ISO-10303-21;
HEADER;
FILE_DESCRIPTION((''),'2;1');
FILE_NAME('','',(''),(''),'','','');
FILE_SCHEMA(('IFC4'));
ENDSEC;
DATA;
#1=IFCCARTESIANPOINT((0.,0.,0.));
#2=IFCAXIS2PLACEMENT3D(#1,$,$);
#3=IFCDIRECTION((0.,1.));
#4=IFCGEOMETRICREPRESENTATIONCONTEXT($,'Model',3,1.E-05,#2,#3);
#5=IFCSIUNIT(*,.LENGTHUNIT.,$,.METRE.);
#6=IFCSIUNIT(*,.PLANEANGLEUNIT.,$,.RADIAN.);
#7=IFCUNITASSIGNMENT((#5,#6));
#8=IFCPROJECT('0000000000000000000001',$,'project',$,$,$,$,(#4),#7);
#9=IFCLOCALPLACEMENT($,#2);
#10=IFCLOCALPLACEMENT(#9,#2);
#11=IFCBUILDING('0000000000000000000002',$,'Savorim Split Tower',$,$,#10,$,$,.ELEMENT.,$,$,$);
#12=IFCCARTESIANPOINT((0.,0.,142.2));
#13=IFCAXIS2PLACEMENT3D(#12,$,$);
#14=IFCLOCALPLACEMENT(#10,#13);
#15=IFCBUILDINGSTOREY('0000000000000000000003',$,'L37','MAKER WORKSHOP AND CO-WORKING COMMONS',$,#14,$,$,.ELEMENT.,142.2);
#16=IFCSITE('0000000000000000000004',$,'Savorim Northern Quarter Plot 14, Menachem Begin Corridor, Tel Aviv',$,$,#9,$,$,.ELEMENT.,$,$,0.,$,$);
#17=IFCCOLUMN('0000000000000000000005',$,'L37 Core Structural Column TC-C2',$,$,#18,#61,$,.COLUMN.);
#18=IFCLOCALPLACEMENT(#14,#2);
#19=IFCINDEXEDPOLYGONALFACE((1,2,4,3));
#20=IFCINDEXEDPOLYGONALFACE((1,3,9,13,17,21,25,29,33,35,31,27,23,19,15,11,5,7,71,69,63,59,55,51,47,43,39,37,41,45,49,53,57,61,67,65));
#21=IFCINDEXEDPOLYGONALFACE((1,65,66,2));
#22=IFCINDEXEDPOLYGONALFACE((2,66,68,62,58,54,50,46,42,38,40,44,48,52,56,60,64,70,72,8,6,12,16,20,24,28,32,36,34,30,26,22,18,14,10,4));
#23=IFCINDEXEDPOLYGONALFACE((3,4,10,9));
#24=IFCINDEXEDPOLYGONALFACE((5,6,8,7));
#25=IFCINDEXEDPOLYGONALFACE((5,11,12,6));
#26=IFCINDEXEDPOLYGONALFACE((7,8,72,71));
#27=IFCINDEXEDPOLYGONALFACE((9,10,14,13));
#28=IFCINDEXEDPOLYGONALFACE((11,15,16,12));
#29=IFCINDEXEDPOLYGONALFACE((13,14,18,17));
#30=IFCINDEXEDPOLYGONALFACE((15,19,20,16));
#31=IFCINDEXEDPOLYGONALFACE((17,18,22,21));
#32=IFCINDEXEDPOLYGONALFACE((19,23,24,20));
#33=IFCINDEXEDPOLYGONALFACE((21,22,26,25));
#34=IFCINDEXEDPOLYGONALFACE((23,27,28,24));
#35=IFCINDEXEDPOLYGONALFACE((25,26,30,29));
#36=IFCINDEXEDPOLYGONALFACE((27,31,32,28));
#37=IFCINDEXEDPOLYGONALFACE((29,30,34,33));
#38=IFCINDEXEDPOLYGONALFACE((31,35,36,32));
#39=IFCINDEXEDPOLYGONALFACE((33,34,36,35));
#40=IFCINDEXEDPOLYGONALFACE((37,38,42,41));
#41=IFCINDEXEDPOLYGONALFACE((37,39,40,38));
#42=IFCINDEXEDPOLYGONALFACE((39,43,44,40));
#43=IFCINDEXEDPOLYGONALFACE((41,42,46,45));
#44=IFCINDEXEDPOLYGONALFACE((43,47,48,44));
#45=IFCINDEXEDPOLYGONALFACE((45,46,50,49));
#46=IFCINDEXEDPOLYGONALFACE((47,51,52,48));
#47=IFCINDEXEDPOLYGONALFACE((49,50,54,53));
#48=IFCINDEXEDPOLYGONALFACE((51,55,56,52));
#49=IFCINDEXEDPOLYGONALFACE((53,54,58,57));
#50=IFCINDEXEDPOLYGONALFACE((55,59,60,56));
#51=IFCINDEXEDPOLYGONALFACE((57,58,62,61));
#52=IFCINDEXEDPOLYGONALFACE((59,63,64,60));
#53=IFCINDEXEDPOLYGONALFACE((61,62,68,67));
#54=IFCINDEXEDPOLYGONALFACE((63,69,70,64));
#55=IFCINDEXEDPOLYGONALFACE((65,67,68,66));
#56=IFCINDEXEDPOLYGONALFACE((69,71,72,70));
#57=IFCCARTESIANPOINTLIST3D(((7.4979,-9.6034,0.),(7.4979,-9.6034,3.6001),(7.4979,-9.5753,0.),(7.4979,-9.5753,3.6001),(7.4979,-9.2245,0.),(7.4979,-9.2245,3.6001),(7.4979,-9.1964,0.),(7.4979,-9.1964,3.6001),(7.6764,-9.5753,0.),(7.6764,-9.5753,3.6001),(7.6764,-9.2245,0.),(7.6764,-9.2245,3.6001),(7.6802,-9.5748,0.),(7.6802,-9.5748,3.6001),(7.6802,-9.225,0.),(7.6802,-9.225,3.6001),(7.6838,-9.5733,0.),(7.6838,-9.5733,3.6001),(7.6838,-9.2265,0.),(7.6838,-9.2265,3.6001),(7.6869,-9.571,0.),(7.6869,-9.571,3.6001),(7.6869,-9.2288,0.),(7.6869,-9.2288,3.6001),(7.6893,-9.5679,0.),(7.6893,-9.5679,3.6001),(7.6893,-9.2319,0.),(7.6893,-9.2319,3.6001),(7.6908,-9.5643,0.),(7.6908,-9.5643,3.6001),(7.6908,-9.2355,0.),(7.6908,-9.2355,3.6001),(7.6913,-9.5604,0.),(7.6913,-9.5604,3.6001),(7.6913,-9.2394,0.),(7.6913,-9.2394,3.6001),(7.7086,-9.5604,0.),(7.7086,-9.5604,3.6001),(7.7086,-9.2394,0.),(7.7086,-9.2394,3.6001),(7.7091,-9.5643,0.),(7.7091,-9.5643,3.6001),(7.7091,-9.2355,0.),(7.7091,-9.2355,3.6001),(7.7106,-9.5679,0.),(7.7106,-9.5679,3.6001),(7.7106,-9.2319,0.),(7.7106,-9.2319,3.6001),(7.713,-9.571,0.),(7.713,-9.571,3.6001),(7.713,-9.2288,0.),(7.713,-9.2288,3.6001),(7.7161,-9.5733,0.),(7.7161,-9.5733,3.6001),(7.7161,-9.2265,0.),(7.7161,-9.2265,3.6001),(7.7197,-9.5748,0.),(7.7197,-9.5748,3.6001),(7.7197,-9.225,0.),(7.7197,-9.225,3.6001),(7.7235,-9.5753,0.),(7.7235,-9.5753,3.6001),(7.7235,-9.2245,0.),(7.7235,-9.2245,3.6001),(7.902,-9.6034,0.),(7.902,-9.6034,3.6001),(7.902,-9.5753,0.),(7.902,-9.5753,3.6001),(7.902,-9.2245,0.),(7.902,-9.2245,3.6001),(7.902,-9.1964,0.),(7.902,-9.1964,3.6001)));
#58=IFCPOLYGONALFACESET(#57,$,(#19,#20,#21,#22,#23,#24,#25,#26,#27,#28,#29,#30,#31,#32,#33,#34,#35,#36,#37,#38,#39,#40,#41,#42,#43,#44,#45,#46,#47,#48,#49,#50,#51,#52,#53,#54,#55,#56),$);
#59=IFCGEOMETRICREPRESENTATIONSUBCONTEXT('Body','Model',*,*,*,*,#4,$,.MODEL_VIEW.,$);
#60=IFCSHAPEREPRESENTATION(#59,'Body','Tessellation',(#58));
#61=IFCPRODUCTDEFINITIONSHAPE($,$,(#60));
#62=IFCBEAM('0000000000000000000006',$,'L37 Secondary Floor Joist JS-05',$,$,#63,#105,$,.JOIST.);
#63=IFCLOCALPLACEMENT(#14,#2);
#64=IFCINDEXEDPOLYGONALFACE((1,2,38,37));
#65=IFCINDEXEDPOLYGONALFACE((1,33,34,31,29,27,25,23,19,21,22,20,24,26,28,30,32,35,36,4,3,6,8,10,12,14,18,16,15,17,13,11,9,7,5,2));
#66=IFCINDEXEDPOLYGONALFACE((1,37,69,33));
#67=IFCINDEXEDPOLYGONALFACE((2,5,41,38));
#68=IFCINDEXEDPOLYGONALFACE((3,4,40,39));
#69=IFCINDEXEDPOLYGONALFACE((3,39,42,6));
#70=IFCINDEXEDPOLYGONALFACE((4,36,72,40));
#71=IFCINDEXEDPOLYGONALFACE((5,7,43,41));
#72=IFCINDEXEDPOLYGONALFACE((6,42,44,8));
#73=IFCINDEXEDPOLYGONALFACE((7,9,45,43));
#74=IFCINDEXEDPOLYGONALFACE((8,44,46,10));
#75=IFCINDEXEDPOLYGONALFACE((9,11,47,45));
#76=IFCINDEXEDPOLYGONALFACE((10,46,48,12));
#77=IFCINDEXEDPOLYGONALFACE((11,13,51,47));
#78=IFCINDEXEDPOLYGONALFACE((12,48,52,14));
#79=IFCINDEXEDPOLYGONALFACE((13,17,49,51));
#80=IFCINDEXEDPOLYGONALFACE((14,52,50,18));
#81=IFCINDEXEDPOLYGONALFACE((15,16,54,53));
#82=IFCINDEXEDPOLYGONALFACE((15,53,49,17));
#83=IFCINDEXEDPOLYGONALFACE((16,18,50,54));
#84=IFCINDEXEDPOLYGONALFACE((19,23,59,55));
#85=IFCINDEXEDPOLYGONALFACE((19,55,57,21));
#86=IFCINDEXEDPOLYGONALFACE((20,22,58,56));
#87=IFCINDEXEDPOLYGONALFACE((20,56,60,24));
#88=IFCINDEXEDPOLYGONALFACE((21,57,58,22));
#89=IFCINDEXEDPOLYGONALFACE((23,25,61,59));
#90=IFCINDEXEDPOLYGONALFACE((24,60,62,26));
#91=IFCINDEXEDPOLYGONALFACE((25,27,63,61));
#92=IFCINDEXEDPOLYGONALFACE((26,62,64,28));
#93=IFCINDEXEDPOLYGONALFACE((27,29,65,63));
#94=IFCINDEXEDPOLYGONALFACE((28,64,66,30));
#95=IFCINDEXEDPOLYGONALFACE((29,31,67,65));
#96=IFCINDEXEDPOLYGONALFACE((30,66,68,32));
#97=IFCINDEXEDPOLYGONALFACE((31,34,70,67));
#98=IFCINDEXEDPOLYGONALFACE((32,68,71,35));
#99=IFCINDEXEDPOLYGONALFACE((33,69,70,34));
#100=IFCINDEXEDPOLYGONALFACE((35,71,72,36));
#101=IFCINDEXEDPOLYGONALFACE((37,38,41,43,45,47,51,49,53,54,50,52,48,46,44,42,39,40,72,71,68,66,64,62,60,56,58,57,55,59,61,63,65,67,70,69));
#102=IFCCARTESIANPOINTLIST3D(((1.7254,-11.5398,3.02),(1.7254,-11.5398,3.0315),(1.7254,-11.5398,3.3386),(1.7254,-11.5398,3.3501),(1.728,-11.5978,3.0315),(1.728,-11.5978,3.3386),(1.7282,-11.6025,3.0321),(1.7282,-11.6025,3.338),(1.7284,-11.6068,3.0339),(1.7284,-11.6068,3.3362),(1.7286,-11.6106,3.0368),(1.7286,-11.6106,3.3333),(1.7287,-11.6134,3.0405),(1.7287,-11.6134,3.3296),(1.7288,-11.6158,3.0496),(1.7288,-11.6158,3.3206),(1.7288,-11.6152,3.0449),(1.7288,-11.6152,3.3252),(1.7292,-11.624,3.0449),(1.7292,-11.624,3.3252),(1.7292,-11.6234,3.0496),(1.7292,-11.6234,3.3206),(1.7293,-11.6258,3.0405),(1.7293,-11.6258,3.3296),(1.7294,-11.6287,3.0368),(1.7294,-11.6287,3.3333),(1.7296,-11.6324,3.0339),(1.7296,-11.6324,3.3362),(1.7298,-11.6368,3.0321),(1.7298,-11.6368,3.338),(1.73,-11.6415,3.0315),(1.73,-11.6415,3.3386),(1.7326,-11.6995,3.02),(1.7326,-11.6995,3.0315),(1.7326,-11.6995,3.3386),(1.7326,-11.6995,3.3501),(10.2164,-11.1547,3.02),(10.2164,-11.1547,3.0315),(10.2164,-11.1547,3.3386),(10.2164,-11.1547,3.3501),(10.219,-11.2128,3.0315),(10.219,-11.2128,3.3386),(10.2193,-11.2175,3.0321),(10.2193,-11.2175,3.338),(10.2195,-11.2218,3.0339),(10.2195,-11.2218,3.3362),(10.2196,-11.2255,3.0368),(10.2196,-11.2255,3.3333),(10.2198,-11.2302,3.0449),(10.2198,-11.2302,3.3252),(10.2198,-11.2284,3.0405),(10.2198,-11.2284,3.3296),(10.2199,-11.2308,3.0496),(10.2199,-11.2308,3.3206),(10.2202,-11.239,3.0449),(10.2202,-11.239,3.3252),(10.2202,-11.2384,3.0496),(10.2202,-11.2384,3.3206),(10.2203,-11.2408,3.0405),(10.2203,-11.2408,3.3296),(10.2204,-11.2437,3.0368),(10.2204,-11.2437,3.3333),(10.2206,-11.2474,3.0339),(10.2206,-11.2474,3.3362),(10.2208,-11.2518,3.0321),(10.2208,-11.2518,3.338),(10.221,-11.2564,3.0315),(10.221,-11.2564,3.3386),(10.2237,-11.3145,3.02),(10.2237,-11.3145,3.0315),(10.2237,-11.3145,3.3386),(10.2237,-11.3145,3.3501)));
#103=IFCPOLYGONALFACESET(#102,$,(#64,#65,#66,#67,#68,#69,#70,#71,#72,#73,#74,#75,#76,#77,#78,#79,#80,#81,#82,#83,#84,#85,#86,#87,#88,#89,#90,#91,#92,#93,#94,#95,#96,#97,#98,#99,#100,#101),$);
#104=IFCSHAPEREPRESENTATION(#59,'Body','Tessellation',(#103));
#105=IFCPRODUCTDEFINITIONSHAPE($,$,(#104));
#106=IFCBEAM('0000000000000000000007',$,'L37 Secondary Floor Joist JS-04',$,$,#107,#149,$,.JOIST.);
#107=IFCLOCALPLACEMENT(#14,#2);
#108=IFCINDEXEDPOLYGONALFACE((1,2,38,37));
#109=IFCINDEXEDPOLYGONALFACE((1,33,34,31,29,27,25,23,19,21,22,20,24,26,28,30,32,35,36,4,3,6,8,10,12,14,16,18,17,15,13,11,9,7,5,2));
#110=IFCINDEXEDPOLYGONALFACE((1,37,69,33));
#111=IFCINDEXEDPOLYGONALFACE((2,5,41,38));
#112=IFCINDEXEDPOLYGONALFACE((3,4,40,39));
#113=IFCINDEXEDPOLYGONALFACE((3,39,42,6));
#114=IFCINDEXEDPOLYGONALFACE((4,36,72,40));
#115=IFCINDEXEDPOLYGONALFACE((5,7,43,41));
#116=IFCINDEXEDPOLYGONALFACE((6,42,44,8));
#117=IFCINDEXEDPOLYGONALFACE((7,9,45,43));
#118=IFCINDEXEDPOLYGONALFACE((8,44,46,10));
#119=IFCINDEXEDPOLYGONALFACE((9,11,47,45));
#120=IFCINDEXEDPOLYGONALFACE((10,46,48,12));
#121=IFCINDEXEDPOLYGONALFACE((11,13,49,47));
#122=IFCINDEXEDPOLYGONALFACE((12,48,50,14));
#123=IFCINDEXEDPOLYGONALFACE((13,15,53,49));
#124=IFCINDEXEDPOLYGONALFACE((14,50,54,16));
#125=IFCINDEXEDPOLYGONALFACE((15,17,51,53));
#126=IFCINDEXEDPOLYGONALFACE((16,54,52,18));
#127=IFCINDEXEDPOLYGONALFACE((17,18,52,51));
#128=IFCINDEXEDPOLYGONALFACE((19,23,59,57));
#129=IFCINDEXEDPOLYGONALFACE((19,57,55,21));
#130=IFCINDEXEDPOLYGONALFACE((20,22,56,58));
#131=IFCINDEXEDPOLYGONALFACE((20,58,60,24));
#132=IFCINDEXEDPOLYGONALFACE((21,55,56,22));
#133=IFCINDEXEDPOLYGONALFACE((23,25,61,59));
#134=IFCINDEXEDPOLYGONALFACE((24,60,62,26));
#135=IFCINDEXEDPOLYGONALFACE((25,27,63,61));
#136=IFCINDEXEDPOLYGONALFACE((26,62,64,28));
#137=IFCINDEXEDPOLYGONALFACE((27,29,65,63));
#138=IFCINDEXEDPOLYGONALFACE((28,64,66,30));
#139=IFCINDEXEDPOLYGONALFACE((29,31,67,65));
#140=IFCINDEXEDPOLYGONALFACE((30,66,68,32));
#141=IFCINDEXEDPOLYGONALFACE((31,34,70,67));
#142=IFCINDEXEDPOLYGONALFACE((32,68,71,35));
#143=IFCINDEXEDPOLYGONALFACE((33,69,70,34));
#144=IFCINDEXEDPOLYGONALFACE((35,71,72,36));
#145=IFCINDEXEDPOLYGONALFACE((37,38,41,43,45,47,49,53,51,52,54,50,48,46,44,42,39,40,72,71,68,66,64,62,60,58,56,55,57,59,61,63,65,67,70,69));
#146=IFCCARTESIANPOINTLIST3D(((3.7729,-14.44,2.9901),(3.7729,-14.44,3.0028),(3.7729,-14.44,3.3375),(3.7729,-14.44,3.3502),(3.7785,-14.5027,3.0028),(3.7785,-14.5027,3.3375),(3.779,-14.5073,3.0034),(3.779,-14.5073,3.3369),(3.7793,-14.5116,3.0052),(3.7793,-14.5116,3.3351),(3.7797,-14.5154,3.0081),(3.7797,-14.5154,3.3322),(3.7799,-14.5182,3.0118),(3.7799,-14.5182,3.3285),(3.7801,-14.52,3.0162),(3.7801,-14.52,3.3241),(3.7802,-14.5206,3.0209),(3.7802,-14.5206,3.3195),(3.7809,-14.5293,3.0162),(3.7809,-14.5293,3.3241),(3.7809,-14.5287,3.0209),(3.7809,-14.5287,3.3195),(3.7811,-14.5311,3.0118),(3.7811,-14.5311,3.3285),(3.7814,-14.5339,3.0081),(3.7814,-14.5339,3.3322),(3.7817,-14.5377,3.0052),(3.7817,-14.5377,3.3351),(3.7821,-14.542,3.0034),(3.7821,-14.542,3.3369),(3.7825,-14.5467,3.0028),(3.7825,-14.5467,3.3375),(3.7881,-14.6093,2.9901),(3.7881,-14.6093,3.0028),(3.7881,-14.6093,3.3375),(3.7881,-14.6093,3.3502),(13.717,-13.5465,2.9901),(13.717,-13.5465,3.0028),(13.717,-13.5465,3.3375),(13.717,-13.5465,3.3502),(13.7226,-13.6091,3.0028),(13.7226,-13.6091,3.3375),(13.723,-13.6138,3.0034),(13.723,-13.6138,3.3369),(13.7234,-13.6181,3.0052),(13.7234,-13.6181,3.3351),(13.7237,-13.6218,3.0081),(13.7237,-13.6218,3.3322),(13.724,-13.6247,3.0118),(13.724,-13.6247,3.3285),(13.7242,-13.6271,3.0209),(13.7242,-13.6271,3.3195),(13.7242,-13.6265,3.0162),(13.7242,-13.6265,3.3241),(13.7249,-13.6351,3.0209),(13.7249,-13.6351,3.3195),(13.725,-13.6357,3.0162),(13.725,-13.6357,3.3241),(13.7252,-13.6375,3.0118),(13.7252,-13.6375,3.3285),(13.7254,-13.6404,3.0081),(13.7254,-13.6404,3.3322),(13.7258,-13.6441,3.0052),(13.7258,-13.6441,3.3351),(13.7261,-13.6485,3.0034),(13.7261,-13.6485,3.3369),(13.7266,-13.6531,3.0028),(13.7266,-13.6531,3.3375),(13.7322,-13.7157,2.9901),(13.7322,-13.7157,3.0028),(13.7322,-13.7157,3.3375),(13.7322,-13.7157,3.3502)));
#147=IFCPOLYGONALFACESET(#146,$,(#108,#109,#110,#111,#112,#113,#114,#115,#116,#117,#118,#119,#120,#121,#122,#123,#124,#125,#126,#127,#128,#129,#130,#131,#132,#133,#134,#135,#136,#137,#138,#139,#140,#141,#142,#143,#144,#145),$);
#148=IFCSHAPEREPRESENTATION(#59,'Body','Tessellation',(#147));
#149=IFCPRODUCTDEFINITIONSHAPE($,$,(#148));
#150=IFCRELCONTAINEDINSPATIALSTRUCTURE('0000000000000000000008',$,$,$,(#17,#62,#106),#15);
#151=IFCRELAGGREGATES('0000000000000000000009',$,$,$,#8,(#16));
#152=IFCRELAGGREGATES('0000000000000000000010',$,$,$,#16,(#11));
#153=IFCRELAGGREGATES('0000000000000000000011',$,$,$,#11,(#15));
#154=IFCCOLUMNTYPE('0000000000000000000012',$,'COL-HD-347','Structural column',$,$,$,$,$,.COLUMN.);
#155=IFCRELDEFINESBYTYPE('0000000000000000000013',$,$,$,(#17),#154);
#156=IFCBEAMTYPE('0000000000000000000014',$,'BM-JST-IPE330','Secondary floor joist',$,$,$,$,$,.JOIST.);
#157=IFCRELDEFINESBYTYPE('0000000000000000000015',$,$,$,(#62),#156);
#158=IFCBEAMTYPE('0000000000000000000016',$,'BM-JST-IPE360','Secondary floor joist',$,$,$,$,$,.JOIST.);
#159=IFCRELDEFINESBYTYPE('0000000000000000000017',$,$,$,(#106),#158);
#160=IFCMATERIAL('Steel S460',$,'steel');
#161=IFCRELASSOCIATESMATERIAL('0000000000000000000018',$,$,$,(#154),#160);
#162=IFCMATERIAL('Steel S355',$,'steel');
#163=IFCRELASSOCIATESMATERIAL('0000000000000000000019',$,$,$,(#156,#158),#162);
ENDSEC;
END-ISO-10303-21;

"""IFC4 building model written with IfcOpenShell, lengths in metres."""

from ifc_helpers import new_model, si_unit, direction, frame, origin, origin_2d, place, context, subcontext, project, spatial, i_section, extrude, material, material_profile, profile_set, type_object, element, save


model = new_model("IFC4")

# Units and contexts
model_context = context("Model", 3, precision=1e-05, world=origin(), true_north=direction((0.0, 1.0)))
body_context = subcontext(model_context, "Body", "Model", "MODEL_VIEW")
ifc_project = project(units=[si_unit("LENGTHUNIT", "METRE"), si_unit("PLANEANGLEUNIT", "RADIAN")], contexts=[model_context])

# Site, building, storey
site_placement = place(None, origin())
site = spatial("IfcSite", under=ifc_project, at=site_placement, Name="Savorim Northern Quarter Plot 14, Menachem Begin Corridor, Tel Aviv", CompositionType="ELEMENT", RefElevation=0.0)
building_placement = place(site_placement, origin())
building = spatial("IfcBuilding", under=site, at=building_placement, Name="Savorim Split Tower", CompositionType="ELEMENT")
storey_placement = place(building_placement, frame((0.0, 0.0, 142.2)))
storey = spatial("IfcBuildingStorey", under=building, at=storey_placement, Name="L37", Description="MAKER WORKSHOP AND CO-WORKING COMMONS", CompositionType="ELEMENT", Elevation=142.2)

# Column
ifc_material_1 = material(Name="Steel S460", Category="steel")
ifc_material_profile_1 = material_profile(ifc_material_1, i_section(OverallWidth=0.4041, OverallDepth=0.407, WebThickness=0.0173, FlangeThickness=0.0281, FilletRadius=0.0149, at=origin_2d()), Name="HD 400x347")
ifc_profile_set_1 = profile_set([ifc_material_profile_1], Name="Steel S460")
column_type = type_object("IfcColumnType", Name="COL-HD-347", Description="Structural column", PredefinedType="COLUMN", material=ifc_profile_set_1)
column_placement = place(storey_placement, frame((7.7, -9.3999, 0.0), z_axis=(0.0, 0.0, 1.0), x_axis=(1.0, 0.0, 0.0)))
element("IfcColumn", 1, at=column_placement, inside=storey, type_object=column_type, Name="L37 Core Structural Column TC-C2", PredefinedType="COLUMN", context=body_context, shape_type="SweptSolid", body=[
    extrude(i_section(OverallWidth=0.4041, OverallDepth=0.407, WebThickness=0.0173, FlangeThickness=0.0281, FilletRadius=0.0149, at=origin_2d()), origin(), (0.0, 0.0, 1.0), 3.6001),
])

# Beams
ifc_material_2 = material(Name="Steel S355", Category="steel")
ifc_material_profile_2 = material_profile(ifc_material_2, i_section(OverallWidth=0.1599, OverallDepth=0.3301, WebThickness=0.0076, FlangeThickness=0.0115, FilletRadius=0.0181, at=origin_2d()), Name="IPE 330")
ifc_profile_set_2 = profile_set([ifc_material_profile_2], Name="Steel S355")
beam_type_1 = type_object("IfcBeamType", Name="BM-JST-IPE330", Description="Secondary floor joist", PredefinedType="JOIST", material=ifc_profile_set_2)
beam_1_placement = place(storey_placement, frame((1.729, -11.6196, 3.1851), z_axis=(0.998974, 0.045297, 0.0), x_axis=(-0.045297, 0.998974, 0.0)))
element("IfcBeam", 2, at=beam_1_placement, inside=storey, type_object=beam_type_1, Name="L37 Secondary Floor Joist JS-05", PredefinedType="JOIST", context=body_context, shape_type="SweptSolid", body=[
    extrude(i_section(OverallWidth=0.1599, OverallDepth=0.3301, WebThickness=0.0076, FlangeThickness=0.0115, FilletRadius=0.0181, at=origin_2d()), origin(), (0.0, 0.0, 1.0), 8.4998),
])
ifc_material_profile_3 = material_profile(ifc_material_2, i_section(OverallWidth=0.1699, OverallDepth=0.3601, WebThickness=0.0081, FlangeThickness=0.0127, FilletRadius=0.0181, at=origin_2d()), Name="IPE 360")
ifc_profile_set_3 = profile_set([ifc_material_profile_3], Name="Steel S355")
beam_type_2 = type_object("IfcBeamType", Name="BM-JST-IPE360", Description="Secondary floor joist", PredefinedType="JOIST", material=ifc_profile_set_3)
beam_2_placement = place(storey_placement, frame((3.7805, -14.5247, 3.1702), z_axis=(0.995987, 0.089497, 0.0), x_axis=(-0.089497, 0.995987, 0.0)))
element("IfcBeam", 3, at=beam_2_placement, inside=storey, type_object=beam_type_2, Name="L37 Secondary Floor Joist JS-04", PredefinedType="JOIST", context=body_context, shape_type="SweptSolid", body=[
    extrude(i_section(OverallWidth=0.1699, OverallDepth=0.3601, WebThickness=0.0081, FlangeThickness=0.0127, FilletRadius=0.0181, at=origin_2d()), origin(), (0.0, 0.0, 1.0), 9.9841),
])

save(model, "model.ifc")
